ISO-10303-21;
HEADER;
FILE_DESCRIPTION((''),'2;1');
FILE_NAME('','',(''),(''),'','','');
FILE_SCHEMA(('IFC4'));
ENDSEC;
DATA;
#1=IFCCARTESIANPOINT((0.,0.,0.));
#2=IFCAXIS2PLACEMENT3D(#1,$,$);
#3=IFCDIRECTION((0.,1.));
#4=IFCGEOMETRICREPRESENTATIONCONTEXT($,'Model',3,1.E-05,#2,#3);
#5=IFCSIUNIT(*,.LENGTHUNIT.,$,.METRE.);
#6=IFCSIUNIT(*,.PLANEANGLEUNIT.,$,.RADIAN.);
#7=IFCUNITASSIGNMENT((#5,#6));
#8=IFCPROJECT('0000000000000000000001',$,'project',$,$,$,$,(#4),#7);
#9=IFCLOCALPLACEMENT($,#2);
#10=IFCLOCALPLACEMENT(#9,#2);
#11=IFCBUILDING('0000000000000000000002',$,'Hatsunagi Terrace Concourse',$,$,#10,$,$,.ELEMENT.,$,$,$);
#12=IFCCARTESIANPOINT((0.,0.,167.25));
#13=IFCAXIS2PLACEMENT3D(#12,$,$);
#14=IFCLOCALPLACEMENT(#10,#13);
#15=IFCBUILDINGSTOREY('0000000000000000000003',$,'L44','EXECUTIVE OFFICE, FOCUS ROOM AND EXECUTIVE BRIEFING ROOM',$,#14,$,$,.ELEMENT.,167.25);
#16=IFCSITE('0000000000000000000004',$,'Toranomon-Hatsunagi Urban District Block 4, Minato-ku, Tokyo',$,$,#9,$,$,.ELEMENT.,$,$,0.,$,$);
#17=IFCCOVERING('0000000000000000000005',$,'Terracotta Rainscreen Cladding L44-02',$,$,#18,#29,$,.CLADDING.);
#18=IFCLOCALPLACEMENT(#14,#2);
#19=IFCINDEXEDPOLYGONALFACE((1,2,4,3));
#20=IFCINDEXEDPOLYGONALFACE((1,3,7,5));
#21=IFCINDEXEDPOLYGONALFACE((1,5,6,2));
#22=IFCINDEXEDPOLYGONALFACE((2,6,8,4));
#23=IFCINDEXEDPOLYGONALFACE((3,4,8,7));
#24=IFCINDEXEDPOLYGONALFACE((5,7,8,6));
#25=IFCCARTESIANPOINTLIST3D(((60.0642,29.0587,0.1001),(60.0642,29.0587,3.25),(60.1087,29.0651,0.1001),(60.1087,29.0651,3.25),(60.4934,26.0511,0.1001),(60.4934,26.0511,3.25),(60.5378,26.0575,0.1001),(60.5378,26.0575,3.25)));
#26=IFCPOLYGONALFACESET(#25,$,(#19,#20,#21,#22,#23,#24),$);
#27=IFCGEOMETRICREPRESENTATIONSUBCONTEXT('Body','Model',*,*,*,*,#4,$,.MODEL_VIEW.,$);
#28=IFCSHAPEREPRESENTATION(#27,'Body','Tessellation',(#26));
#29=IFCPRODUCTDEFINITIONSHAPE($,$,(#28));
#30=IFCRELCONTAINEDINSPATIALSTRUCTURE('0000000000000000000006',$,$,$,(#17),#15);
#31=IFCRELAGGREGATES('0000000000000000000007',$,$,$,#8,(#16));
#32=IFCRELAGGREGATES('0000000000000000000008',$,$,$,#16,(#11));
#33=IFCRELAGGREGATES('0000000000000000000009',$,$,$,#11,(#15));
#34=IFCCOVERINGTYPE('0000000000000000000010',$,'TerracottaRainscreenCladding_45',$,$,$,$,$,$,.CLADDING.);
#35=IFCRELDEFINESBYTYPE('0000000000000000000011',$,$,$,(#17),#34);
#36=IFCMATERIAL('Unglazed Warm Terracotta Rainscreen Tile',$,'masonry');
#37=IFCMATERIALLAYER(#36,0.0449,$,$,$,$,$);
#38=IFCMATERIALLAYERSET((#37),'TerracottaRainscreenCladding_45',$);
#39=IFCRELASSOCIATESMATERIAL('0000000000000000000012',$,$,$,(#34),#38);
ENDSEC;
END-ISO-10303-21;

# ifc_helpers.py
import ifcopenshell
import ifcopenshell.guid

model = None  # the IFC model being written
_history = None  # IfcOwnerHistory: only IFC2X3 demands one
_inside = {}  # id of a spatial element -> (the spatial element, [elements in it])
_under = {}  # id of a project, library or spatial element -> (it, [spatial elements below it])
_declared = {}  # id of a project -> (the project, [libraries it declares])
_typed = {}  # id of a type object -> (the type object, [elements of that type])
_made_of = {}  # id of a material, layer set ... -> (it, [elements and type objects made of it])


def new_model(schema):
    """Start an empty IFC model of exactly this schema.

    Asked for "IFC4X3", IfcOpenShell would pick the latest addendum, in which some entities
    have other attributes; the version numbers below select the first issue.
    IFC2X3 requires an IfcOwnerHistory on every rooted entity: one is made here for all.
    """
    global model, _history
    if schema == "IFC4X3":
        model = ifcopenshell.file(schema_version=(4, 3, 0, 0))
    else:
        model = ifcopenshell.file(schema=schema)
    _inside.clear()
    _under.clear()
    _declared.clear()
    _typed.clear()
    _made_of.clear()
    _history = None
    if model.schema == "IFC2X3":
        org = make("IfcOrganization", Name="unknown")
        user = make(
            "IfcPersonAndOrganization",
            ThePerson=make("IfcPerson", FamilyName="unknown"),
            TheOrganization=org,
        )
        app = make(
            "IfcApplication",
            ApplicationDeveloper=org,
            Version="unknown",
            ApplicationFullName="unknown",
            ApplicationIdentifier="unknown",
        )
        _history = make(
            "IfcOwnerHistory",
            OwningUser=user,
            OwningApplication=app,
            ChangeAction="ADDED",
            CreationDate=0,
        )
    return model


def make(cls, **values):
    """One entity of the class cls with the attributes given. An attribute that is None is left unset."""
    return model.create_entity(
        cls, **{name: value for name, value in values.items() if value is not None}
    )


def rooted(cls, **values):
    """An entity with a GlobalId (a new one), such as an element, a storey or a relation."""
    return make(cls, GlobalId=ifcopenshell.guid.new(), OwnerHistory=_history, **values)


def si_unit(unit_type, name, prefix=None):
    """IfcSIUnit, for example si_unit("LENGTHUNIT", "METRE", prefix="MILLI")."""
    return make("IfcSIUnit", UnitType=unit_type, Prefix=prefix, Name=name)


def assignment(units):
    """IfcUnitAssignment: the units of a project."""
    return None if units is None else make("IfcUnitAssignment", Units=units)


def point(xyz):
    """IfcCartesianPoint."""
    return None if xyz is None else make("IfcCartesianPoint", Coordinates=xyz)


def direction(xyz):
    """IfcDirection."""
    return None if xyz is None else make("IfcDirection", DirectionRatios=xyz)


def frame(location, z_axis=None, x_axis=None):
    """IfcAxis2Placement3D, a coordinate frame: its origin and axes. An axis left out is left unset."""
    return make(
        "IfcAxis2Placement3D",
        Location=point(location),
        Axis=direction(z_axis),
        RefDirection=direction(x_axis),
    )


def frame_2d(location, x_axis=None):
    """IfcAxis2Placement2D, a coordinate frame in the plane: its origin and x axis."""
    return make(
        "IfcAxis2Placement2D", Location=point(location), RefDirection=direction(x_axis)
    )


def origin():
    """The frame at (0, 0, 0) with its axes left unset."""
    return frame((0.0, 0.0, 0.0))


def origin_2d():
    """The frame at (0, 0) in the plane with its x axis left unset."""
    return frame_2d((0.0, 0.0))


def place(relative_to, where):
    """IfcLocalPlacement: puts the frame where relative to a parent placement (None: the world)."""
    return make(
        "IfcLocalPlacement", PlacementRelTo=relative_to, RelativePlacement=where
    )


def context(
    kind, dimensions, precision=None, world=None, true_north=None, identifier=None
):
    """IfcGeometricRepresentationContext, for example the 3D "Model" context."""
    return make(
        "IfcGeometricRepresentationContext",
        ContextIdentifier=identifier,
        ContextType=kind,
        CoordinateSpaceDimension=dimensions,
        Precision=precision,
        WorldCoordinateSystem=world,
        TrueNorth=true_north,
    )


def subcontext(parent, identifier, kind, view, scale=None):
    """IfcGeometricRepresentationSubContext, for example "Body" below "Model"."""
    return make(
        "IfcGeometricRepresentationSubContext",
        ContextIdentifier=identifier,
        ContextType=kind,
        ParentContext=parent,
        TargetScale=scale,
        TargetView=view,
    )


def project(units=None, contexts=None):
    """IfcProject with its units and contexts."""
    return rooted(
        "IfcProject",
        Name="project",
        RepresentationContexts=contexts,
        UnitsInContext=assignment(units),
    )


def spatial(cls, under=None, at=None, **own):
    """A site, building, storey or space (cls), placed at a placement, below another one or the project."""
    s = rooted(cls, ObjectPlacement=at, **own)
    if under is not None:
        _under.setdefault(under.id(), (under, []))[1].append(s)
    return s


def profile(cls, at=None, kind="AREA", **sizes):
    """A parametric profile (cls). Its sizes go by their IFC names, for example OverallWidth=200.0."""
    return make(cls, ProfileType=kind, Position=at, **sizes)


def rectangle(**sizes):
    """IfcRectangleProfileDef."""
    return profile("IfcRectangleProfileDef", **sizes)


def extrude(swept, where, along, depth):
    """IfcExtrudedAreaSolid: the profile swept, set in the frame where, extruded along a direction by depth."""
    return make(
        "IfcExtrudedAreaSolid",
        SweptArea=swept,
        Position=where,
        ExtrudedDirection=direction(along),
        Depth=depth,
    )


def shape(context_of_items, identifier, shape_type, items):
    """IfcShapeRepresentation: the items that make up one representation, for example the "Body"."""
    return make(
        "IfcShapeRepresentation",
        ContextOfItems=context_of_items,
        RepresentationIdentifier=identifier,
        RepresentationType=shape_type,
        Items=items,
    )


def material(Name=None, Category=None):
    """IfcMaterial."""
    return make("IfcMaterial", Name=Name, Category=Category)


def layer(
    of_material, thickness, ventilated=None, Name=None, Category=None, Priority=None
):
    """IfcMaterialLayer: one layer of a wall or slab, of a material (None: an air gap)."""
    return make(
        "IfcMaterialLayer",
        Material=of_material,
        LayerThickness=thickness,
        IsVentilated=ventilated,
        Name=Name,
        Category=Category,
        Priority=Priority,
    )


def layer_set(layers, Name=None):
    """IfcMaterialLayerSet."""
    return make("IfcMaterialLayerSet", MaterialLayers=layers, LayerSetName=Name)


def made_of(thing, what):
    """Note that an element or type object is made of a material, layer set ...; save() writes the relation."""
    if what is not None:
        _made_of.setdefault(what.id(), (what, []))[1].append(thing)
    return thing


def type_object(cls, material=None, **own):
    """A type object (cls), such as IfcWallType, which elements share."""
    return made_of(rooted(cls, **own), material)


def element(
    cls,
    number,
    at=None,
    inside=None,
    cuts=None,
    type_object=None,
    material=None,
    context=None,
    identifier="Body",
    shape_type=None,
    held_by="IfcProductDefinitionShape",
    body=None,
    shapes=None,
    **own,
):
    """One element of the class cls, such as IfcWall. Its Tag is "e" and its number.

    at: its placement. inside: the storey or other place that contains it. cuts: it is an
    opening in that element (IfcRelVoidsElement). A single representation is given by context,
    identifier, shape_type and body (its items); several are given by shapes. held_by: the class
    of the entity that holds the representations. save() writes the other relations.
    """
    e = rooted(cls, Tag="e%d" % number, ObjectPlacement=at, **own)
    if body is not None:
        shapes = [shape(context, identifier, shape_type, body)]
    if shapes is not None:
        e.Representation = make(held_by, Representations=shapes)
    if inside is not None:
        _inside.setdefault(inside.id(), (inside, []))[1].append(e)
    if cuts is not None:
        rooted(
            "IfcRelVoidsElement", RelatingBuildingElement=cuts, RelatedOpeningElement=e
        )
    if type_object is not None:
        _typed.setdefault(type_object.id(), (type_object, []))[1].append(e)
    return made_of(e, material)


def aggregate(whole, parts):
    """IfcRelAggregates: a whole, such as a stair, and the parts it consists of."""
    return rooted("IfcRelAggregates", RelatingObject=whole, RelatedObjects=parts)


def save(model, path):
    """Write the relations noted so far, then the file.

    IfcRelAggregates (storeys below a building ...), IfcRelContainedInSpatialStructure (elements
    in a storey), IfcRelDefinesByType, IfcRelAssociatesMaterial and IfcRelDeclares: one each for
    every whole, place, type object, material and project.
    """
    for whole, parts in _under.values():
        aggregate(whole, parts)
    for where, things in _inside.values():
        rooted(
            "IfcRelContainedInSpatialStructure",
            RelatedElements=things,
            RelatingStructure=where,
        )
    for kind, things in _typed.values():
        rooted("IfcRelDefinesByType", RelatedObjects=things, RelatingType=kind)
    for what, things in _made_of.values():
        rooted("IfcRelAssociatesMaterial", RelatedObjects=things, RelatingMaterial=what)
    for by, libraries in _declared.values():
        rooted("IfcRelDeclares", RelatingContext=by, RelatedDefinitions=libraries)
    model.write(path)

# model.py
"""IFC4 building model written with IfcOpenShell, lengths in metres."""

from ifc_helpers import new_model, si_unit, direction, frame, origin, origin_2d, place, context, subcontext, project, spatial, rectangle, extrude, material, layer, layer_set, type_object, element, save


model = new_model("IFC4")

# Units and contexts
model_context = context("Model", 3, precision=1e-05, world=origin(), true_north=direction((0.0, 1.0)))
body_context = subcontext(model_context, "Body", "Model", "MODEL_VIEW")
ifc_project = project(units=[si_unit("LENGTHUNIT", "METRE"), si_unit("PLANEANGLEUNIT", "RADIAN")], contexts=[model_context])

# Site, building, storey
site_placement = place(None, origin())
site = spatial("IfcSite", under=ifc_project, at=site_placement, Name="Toranomon-Hatsunagi Urban District Block 4, Minato-ku, Tokyo", CompositionType="ELEMENT", RefElevation=0.0)
building_placement = place(site_placement, origin())
building = spatial("IfcBuilding", under=site, at=building_placement, Name="Hatsunagi Terrace Concourse", CompositionType="ELEMENT")
storey_placement = place(building_placement, frame((0.0, 0.0, 167.25)))
storey = spatial("IfcBuildingStorey", under=building, at=storey_placement, Name="L44", Description="EXECUTIVE OFFICE, FOCUS ROOM AND EXECUTIVE BRIEFING ROOM", CompositionType="ELEMENT", Elevation=167.25)

# Covering
ifc_material_1 = material(Name="Unglazed Warm Terracotta Rainscreen Tile", Category="masonry")
ifc_layer_1 = layer(ifc_material_1, 0.0449)
ifc_layer_set_1 = layer_set([ifc_layer_1], Name="TerracottaRainscreenCladding_45")
covering_type = type_object("IfcCoveringType", Name="TerracottaRainscreenCladding_45", PredefinedType="CLADDING", material=ifc_layer_set_1)
covering_placement = place(storey_placement, frame((60.301, 27.5581, 0.1001), z_axis=(0.0, 0.0, 1.0), x_axis=(0.14125, -0.989974, 0.0)))
element("IfcCovering", 1, at=covering_placement, inside=storey, type_object=covering_type, Name="Terracotta Rainscreen Cladding L44-02", PredefinedType="CLADDING", context=body_context, shape_type="SweptSolid", body=[
    extrude(rectangle(XDim=3.0381, YDim=0.0449, at=origin_2d()), origin(), (0.0, 0.0, 1.0), 3.1499),
])

save(model, "model.ifc")
